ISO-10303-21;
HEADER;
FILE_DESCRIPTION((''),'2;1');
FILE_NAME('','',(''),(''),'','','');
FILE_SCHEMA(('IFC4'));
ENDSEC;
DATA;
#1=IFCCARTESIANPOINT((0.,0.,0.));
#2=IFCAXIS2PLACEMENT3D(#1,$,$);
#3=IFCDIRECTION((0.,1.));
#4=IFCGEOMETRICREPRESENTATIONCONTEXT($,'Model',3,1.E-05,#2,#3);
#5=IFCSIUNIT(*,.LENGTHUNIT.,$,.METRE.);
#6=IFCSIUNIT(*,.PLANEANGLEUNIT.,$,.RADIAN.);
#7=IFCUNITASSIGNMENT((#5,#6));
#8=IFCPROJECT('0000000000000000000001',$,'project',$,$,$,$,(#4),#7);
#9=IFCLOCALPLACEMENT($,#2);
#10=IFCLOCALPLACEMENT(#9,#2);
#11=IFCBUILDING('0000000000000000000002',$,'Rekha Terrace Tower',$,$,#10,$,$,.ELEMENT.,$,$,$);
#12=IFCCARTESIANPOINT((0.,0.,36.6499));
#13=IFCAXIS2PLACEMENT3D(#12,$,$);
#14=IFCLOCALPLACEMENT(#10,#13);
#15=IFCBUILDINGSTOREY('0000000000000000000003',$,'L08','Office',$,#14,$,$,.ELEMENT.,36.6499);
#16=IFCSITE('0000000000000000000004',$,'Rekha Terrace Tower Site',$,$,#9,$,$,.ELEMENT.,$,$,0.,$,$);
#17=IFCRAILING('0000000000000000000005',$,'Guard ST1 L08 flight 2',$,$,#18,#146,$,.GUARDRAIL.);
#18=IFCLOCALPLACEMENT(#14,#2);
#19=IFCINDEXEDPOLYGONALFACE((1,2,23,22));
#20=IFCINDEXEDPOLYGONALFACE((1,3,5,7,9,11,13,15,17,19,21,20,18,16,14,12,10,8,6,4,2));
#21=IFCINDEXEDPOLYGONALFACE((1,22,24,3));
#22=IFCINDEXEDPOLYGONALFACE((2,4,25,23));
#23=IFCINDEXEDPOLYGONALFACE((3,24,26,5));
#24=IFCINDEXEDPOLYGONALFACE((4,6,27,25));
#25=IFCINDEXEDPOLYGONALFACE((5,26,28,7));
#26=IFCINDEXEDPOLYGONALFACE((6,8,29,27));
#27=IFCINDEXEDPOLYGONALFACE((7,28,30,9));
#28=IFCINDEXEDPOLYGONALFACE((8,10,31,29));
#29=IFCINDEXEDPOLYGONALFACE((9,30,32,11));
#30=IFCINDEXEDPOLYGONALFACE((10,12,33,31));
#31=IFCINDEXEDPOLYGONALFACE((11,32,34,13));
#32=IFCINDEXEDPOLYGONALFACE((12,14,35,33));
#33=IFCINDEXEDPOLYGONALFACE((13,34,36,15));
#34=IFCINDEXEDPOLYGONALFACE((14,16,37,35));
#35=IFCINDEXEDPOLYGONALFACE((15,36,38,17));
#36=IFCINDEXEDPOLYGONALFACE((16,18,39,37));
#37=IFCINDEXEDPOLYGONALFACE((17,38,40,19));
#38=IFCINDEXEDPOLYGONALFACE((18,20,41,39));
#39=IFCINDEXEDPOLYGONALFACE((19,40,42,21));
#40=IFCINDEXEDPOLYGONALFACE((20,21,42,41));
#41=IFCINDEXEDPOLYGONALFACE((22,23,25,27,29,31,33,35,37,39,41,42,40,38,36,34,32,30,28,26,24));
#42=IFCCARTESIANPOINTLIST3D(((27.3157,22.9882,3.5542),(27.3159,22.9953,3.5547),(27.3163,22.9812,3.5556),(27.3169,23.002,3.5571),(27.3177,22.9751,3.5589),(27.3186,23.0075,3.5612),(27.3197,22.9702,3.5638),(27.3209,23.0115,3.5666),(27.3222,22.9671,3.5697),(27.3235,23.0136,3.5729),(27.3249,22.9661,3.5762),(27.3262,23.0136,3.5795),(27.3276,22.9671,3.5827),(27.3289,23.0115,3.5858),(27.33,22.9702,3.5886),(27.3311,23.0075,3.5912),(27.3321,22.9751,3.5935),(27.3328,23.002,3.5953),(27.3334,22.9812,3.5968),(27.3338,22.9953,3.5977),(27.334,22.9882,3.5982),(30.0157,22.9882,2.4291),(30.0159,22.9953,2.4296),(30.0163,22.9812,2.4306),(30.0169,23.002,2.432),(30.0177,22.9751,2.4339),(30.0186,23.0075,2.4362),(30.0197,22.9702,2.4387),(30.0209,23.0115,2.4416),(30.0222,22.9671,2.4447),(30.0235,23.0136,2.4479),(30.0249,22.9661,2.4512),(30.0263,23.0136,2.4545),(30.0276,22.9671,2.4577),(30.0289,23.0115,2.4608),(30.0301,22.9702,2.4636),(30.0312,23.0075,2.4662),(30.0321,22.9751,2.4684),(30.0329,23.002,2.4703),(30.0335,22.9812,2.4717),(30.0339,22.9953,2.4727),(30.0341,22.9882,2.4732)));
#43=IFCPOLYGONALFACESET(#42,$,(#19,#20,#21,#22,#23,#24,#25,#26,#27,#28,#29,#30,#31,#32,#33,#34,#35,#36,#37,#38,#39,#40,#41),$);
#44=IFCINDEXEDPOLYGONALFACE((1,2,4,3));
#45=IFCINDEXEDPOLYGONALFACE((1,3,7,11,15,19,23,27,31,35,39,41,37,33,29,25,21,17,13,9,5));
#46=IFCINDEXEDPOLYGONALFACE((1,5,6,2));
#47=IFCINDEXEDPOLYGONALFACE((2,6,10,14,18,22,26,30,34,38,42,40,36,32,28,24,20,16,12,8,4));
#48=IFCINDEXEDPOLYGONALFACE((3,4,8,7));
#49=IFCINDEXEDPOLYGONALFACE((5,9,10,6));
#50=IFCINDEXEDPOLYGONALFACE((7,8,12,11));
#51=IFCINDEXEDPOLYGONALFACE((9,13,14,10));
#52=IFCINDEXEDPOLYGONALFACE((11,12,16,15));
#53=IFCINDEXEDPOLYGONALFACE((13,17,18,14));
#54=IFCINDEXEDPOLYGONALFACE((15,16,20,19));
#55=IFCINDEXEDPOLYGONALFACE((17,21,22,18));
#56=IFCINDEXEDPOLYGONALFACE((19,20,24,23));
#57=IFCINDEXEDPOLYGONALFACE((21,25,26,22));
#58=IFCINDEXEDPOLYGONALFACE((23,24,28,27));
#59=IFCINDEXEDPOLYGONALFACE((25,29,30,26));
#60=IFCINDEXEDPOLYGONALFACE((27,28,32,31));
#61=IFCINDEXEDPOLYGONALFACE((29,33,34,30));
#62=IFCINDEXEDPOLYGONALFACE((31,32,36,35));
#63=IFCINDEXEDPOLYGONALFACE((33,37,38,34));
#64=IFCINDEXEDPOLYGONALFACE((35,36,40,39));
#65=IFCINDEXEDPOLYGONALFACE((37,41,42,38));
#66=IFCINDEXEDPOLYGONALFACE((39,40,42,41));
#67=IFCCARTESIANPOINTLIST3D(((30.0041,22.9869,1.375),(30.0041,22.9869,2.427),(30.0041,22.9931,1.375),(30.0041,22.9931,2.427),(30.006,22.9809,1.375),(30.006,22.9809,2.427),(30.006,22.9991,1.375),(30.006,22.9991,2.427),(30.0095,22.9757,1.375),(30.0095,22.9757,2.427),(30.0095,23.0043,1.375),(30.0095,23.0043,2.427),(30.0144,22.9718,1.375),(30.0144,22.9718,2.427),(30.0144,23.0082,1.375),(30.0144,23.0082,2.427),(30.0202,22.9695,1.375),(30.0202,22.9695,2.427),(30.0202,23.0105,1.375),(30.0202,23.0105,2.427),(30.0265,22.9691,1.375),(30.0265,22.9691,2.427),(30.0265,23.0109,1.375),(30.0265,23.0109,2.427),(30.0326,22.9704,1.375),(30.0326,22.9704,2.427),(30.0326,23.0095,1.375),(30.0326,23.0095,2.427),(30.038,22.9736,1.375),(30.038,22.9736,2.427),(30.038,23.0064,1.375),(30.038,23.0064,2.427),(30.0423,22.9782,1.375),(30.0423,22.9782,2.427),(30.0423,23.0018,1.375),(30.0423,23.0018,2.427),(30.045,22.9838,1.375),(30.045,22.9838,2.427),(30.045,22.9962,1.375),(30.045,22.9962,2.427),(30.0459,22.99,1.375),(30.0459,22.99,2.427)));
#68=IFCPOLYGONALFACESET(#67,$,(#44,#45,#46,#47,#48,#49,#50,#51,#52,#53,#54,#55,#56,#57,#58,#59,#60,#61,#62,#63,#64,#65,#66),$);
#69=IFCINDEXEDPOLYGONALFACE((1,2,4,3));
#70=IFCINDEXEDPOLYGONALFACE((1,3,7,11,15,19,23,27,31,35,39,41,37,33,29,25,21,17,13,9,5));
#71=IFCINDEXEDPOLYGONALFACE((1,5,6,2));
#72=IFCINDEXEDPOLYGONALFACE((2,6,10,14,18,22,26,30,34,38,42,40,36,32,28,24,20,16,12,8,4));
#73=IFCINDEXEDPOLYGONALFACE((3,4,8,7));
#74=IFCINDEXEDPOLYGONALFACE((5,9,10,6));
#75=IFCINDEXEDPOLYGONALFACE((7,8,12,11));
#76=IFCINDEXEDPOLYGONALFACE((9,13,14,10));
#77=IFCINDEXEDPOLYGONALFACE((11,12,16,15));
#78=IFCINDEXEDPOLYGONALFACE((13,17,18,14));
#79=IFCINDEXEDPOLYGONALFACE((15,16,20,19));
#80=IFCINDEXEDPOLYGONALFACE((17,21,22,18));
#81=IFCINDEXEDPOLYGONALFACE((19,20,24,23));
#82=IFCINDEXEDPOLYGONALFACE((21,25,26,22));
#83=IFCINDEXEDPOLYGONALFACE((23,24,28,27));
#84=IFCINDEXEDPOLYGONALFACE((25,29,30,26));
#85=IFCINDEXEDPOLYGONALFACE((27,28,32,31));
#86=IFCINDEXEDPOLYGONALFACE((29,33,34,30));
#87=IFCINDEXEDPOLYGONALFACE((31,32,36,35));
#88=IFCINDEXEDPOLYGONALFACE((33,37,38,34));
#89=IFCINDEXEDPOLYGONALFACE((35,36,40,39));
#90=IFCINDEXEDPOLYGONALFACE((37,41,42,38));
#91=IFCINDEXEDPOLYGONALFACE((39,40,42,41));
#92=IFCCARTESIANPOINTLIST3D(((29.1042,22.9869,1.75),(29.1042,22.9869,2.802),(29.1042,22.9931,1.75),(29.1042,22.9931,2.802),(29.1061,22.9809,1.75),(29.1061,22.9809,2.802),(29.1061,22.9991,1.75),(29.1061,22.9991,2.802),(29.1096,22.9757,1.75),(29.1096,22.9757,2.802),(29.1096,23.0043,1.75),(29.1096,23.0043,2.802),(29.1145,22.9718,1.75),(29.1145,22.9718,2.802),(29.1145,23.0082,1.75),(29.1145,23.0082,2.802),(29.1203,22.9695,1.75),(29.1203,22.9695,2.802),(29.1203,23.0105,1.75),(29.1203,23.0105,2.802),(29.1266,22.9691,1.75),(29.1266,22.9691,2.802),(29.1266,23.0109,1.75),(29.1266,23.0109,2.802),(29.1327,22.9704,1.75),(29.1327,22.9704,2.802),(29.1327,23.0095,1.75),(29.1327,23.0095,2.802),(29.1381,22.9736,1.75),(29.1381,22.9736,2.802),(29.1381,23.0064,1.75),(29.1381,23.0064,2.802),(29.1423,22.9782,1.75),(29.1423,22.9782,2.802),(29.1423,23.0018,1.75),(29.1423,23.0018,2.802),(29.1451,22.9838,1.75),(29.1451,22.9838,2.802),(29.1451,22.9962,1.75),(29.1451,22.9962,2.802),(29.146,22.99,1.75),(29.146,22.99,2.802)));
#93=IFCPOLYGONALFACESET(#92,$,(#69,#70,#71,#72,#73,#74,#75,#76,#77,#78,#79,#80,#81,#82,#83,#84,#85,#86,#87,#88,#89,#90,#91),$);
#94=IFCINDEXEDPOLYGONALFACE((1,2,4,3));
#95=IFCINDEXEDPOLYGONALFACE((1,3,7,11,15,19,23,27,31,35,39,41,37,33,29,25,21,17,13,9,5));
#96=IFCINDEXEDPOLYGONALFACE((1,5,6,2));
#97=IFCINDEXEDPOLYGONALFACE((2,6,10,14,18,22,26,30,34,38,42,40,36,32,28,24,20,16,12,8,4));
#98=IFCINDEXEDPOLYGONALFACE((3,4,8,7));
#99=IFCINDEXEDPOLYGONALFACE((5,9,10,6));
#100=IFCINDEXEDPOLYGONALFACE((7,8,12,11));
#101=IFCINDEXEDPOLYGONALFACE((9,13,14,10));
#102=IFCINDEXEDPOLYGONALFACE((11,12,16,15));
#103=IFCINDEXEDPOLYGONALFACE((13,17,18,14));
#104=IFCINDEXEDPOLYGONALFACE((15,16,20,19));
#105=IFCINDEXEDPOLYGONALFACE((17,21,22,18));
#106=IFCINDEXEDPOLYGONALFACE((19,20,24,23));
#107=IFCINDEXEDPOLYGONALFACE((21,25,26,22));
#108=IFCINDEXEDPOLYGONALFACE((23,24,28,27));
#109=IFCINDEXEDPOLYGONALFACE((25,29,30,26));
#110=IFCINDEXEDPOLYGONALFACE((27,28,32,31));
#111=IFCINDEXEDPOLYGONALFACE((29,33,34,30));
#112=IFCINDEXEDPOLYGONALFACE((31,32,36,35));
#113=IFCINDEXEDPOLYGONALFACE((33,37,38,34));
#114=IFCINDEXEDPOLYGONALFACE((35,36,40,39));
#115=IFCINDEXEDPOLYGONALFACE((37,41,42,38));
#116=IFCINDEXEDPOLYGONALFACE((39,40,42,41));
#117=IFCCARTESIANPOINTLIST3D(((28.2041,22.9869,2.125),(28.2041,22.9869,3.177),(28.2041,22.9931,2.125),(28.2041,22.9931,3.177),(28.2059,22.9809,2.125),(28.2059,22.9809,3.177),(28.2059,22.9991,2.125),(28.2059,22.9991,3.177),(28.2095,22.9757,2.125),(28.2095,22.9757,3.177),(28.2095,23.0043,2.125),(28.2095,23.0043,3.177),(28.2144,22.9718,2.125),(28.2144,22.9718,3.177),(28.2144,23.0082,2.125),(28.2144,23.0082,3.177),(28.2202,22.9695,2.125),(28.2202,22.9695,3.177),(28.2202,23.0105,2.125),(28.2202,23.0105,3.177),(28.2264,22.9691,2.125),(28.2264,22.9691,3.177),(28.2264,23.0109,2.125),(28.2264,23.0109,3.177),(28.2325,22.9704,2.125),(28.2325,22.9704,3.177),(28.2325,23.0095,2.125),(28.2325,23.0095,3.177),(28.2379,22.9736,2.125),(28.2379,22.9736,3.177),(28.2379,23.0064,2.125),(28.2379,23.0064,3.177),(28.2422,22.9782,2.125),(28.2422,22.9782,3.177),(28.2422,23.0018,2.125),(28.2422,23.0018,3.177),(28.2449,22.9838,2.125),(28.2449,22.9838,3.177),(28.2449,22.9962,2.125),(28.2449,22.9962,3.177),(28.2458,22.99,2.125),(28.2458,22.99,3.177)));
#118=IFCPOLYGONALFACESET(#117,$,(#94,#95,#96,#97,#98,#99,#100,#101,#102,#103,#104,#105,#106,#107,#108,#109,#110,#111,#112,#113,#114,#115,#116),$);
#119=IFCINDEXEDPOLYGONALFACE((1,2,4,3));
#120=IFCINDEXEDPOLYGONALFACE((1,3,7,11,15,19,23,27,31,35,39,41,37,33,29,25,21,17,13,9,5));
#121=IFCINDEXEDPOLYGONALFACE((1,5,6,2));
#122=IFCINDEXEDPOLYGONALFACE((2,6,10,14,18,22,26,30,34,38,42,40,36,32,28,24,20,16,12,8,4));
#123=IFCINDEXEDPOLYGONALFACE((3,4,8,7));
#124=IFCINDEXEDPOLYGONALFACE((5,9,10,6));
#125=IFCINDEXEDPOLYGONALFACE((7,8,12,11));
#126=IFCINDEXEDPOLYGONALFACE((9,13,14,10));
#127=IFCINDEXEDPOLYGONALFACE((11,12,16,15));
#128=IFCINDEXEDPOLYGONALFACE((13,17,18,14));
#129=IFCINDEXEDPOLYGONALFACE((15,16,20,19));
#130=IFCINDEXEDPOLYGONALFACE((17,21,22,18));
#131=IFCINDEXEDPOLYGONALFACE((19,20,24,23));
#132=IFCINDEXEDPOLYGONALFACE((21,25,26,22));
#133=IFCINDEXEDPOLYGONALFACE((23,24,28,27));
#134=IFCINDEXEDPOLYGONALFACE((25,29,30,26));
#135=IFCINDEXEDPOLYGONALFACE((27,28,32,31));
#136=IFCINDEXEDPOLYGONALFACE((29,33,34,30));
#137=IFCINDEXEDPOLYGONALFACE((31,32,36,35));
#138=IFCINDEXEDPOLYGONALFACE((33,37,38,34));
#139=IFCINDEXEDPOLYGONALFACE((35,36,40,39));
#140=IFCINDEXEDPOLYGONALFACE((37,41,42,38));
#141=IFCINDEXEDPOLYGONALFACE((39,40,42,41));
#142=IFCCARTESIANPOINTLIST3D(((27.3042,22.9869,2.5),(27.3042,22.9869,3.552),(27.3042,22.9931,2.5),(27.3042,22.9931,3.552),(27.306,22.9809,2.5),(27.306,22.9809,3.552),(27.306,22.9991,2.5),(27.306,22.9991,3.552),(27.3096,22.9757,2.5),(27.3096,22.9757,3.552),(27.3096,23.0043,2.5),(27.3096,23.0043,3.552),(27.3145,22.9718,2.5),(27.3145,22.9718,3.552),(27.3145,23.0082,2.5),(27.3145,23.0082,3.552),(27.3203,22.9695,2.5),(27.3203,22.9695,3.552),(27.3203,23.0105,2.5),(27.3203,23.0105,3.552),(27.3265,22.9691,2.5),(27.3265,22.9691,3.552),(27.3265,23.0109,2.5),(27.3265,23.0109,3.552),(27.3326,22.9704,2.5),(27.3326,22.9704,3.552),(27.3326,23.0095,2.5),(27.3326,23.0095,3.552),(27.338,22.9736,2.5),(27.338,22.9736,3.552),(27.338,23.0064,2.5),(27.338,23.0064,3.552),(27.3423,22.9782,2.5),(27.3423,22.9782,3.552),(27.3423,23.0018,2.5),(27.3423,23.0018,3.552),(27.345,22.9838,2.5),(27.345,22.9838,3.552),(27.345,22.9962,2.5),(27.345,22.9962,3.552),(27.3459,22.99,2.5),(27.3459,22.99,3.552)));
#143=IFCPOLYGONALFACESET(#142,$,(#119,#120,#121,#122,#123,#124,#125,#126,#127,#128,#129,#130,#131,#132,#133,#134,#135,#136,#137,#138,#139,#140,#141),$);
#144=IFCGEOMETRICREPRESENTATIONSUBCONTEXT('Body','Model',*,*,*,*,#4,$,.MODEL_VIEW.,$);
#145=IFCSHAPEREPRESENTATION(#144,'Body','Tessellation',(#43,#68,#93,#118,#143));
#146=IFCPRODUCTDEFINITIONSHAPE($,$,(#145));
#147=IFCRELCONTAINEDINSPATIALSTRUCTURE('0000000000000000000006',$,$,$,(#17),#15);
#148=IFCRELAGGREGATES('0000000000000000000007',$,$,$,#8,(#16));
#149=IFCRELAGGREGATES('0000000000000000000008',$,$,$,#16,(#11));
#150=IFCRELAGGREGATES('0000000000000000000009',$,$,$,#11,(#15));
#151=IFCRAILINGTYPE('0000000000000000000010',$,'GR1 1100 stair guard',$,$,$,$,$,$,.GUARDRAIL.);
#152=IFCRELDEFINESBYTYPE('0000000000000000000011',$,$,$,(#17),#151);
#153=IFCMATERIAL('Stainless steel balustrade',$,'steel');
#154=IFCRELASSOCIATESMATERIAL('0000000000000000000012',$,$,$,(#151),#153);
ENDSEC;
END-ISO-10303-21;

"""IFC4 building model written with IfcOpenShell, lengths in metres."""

from ifc_helpers import new_model, si_unit, direction, frame, origin, origin_2d, place, context, subcontext, project, spatial, circle, extrude, material, type_object, element, save


model = new_model("IFC4")

# Units and contexts
model_context = context("Model", 3, precision=1e-05, world=origin(), true_north=direction((0.0, 1.0)))
body_context = subcontext(model_context, "Body", "Model", "MODEL_VIEW")
ifc_project = project(units=[si_unit("LENGTHUNIT", "METRE"), si_unit("PLANEANGLEUNIT", "RADIAN")], contexts=[model_context])

# Site, building, storey
site_placement = place(None, origin())
site = spatial("IfcSite", under=ifc_project, at=site_placement, Name="Rekha Terrace Tower Site", CompositionType="ELEMENT", RefElevation=0.0)
building_placement = place(site_placement, origin())
building = spatial("IfcBuilding", under=site, at=building_placement, Name="Rekha Terrace Tower", CompositionType="ELEMENT")
storey_placement = place(building_placement, frame((0.0, 0.0, 36.6499)))
storey = spatial("IfcBuildingStorey", under=building, at=storey_placement, Name="L08", Description="Office", CompositionType="ELEMENT", Elevation=36.6499)

# Railing
ifc_material_1 = material(Name="Stainless steel balustrade", Category="steel")
railing_type_1 = type_object("IfcRailingType", Name="GR1 1100 stair guard", PredefinedType="GUARDRAIL", material=ifc_material_1)
railing_1_placement = place(storey_placement, frame((30.0249, 22.99, 1.375)))
element("IfcRailing", 1, at=railing_1_placement, inside=storey, type_object=railing_type_1, Name="Guard ST1 L08 flight 2", PredefinedType="GUARDRAIL", context=body_context, shape_type="SweptSolid", body=[
    extrude(circle(Radius=0.0239, at=origin_2d()), frame((0.0, 0.0, 1.0762), z_axis=(-0.923074, 0.0, 0.384621), x_axis=(0.0, -1.0, 0.0)), (0.0, 0.0, 1.0), 2.925),
    extrude(circle(Radius=0.021, at=origin_2d()), origin(), (0.0, 0.0, 1.0), 1.052),
    extrude(circle(Radius=0.021, at=origin_2d()), frame((-0.8999, 0.0, 0.375)), (0.0, 0.0, 1.0), 1.052),
    extrude(circle(Radius=0.021, at=origin_2d()), frame((-1.8, 0.0, 0.75)), (0.0, 0.0, 1.0), 1.052),
    extrude(circle(Radius=0.021, at=origin_2d()), frame((-2.7, 0.0, 1.125)), (0.0, 0.0, 1.0), 1.052),
])

save(model, "model.ifc")
